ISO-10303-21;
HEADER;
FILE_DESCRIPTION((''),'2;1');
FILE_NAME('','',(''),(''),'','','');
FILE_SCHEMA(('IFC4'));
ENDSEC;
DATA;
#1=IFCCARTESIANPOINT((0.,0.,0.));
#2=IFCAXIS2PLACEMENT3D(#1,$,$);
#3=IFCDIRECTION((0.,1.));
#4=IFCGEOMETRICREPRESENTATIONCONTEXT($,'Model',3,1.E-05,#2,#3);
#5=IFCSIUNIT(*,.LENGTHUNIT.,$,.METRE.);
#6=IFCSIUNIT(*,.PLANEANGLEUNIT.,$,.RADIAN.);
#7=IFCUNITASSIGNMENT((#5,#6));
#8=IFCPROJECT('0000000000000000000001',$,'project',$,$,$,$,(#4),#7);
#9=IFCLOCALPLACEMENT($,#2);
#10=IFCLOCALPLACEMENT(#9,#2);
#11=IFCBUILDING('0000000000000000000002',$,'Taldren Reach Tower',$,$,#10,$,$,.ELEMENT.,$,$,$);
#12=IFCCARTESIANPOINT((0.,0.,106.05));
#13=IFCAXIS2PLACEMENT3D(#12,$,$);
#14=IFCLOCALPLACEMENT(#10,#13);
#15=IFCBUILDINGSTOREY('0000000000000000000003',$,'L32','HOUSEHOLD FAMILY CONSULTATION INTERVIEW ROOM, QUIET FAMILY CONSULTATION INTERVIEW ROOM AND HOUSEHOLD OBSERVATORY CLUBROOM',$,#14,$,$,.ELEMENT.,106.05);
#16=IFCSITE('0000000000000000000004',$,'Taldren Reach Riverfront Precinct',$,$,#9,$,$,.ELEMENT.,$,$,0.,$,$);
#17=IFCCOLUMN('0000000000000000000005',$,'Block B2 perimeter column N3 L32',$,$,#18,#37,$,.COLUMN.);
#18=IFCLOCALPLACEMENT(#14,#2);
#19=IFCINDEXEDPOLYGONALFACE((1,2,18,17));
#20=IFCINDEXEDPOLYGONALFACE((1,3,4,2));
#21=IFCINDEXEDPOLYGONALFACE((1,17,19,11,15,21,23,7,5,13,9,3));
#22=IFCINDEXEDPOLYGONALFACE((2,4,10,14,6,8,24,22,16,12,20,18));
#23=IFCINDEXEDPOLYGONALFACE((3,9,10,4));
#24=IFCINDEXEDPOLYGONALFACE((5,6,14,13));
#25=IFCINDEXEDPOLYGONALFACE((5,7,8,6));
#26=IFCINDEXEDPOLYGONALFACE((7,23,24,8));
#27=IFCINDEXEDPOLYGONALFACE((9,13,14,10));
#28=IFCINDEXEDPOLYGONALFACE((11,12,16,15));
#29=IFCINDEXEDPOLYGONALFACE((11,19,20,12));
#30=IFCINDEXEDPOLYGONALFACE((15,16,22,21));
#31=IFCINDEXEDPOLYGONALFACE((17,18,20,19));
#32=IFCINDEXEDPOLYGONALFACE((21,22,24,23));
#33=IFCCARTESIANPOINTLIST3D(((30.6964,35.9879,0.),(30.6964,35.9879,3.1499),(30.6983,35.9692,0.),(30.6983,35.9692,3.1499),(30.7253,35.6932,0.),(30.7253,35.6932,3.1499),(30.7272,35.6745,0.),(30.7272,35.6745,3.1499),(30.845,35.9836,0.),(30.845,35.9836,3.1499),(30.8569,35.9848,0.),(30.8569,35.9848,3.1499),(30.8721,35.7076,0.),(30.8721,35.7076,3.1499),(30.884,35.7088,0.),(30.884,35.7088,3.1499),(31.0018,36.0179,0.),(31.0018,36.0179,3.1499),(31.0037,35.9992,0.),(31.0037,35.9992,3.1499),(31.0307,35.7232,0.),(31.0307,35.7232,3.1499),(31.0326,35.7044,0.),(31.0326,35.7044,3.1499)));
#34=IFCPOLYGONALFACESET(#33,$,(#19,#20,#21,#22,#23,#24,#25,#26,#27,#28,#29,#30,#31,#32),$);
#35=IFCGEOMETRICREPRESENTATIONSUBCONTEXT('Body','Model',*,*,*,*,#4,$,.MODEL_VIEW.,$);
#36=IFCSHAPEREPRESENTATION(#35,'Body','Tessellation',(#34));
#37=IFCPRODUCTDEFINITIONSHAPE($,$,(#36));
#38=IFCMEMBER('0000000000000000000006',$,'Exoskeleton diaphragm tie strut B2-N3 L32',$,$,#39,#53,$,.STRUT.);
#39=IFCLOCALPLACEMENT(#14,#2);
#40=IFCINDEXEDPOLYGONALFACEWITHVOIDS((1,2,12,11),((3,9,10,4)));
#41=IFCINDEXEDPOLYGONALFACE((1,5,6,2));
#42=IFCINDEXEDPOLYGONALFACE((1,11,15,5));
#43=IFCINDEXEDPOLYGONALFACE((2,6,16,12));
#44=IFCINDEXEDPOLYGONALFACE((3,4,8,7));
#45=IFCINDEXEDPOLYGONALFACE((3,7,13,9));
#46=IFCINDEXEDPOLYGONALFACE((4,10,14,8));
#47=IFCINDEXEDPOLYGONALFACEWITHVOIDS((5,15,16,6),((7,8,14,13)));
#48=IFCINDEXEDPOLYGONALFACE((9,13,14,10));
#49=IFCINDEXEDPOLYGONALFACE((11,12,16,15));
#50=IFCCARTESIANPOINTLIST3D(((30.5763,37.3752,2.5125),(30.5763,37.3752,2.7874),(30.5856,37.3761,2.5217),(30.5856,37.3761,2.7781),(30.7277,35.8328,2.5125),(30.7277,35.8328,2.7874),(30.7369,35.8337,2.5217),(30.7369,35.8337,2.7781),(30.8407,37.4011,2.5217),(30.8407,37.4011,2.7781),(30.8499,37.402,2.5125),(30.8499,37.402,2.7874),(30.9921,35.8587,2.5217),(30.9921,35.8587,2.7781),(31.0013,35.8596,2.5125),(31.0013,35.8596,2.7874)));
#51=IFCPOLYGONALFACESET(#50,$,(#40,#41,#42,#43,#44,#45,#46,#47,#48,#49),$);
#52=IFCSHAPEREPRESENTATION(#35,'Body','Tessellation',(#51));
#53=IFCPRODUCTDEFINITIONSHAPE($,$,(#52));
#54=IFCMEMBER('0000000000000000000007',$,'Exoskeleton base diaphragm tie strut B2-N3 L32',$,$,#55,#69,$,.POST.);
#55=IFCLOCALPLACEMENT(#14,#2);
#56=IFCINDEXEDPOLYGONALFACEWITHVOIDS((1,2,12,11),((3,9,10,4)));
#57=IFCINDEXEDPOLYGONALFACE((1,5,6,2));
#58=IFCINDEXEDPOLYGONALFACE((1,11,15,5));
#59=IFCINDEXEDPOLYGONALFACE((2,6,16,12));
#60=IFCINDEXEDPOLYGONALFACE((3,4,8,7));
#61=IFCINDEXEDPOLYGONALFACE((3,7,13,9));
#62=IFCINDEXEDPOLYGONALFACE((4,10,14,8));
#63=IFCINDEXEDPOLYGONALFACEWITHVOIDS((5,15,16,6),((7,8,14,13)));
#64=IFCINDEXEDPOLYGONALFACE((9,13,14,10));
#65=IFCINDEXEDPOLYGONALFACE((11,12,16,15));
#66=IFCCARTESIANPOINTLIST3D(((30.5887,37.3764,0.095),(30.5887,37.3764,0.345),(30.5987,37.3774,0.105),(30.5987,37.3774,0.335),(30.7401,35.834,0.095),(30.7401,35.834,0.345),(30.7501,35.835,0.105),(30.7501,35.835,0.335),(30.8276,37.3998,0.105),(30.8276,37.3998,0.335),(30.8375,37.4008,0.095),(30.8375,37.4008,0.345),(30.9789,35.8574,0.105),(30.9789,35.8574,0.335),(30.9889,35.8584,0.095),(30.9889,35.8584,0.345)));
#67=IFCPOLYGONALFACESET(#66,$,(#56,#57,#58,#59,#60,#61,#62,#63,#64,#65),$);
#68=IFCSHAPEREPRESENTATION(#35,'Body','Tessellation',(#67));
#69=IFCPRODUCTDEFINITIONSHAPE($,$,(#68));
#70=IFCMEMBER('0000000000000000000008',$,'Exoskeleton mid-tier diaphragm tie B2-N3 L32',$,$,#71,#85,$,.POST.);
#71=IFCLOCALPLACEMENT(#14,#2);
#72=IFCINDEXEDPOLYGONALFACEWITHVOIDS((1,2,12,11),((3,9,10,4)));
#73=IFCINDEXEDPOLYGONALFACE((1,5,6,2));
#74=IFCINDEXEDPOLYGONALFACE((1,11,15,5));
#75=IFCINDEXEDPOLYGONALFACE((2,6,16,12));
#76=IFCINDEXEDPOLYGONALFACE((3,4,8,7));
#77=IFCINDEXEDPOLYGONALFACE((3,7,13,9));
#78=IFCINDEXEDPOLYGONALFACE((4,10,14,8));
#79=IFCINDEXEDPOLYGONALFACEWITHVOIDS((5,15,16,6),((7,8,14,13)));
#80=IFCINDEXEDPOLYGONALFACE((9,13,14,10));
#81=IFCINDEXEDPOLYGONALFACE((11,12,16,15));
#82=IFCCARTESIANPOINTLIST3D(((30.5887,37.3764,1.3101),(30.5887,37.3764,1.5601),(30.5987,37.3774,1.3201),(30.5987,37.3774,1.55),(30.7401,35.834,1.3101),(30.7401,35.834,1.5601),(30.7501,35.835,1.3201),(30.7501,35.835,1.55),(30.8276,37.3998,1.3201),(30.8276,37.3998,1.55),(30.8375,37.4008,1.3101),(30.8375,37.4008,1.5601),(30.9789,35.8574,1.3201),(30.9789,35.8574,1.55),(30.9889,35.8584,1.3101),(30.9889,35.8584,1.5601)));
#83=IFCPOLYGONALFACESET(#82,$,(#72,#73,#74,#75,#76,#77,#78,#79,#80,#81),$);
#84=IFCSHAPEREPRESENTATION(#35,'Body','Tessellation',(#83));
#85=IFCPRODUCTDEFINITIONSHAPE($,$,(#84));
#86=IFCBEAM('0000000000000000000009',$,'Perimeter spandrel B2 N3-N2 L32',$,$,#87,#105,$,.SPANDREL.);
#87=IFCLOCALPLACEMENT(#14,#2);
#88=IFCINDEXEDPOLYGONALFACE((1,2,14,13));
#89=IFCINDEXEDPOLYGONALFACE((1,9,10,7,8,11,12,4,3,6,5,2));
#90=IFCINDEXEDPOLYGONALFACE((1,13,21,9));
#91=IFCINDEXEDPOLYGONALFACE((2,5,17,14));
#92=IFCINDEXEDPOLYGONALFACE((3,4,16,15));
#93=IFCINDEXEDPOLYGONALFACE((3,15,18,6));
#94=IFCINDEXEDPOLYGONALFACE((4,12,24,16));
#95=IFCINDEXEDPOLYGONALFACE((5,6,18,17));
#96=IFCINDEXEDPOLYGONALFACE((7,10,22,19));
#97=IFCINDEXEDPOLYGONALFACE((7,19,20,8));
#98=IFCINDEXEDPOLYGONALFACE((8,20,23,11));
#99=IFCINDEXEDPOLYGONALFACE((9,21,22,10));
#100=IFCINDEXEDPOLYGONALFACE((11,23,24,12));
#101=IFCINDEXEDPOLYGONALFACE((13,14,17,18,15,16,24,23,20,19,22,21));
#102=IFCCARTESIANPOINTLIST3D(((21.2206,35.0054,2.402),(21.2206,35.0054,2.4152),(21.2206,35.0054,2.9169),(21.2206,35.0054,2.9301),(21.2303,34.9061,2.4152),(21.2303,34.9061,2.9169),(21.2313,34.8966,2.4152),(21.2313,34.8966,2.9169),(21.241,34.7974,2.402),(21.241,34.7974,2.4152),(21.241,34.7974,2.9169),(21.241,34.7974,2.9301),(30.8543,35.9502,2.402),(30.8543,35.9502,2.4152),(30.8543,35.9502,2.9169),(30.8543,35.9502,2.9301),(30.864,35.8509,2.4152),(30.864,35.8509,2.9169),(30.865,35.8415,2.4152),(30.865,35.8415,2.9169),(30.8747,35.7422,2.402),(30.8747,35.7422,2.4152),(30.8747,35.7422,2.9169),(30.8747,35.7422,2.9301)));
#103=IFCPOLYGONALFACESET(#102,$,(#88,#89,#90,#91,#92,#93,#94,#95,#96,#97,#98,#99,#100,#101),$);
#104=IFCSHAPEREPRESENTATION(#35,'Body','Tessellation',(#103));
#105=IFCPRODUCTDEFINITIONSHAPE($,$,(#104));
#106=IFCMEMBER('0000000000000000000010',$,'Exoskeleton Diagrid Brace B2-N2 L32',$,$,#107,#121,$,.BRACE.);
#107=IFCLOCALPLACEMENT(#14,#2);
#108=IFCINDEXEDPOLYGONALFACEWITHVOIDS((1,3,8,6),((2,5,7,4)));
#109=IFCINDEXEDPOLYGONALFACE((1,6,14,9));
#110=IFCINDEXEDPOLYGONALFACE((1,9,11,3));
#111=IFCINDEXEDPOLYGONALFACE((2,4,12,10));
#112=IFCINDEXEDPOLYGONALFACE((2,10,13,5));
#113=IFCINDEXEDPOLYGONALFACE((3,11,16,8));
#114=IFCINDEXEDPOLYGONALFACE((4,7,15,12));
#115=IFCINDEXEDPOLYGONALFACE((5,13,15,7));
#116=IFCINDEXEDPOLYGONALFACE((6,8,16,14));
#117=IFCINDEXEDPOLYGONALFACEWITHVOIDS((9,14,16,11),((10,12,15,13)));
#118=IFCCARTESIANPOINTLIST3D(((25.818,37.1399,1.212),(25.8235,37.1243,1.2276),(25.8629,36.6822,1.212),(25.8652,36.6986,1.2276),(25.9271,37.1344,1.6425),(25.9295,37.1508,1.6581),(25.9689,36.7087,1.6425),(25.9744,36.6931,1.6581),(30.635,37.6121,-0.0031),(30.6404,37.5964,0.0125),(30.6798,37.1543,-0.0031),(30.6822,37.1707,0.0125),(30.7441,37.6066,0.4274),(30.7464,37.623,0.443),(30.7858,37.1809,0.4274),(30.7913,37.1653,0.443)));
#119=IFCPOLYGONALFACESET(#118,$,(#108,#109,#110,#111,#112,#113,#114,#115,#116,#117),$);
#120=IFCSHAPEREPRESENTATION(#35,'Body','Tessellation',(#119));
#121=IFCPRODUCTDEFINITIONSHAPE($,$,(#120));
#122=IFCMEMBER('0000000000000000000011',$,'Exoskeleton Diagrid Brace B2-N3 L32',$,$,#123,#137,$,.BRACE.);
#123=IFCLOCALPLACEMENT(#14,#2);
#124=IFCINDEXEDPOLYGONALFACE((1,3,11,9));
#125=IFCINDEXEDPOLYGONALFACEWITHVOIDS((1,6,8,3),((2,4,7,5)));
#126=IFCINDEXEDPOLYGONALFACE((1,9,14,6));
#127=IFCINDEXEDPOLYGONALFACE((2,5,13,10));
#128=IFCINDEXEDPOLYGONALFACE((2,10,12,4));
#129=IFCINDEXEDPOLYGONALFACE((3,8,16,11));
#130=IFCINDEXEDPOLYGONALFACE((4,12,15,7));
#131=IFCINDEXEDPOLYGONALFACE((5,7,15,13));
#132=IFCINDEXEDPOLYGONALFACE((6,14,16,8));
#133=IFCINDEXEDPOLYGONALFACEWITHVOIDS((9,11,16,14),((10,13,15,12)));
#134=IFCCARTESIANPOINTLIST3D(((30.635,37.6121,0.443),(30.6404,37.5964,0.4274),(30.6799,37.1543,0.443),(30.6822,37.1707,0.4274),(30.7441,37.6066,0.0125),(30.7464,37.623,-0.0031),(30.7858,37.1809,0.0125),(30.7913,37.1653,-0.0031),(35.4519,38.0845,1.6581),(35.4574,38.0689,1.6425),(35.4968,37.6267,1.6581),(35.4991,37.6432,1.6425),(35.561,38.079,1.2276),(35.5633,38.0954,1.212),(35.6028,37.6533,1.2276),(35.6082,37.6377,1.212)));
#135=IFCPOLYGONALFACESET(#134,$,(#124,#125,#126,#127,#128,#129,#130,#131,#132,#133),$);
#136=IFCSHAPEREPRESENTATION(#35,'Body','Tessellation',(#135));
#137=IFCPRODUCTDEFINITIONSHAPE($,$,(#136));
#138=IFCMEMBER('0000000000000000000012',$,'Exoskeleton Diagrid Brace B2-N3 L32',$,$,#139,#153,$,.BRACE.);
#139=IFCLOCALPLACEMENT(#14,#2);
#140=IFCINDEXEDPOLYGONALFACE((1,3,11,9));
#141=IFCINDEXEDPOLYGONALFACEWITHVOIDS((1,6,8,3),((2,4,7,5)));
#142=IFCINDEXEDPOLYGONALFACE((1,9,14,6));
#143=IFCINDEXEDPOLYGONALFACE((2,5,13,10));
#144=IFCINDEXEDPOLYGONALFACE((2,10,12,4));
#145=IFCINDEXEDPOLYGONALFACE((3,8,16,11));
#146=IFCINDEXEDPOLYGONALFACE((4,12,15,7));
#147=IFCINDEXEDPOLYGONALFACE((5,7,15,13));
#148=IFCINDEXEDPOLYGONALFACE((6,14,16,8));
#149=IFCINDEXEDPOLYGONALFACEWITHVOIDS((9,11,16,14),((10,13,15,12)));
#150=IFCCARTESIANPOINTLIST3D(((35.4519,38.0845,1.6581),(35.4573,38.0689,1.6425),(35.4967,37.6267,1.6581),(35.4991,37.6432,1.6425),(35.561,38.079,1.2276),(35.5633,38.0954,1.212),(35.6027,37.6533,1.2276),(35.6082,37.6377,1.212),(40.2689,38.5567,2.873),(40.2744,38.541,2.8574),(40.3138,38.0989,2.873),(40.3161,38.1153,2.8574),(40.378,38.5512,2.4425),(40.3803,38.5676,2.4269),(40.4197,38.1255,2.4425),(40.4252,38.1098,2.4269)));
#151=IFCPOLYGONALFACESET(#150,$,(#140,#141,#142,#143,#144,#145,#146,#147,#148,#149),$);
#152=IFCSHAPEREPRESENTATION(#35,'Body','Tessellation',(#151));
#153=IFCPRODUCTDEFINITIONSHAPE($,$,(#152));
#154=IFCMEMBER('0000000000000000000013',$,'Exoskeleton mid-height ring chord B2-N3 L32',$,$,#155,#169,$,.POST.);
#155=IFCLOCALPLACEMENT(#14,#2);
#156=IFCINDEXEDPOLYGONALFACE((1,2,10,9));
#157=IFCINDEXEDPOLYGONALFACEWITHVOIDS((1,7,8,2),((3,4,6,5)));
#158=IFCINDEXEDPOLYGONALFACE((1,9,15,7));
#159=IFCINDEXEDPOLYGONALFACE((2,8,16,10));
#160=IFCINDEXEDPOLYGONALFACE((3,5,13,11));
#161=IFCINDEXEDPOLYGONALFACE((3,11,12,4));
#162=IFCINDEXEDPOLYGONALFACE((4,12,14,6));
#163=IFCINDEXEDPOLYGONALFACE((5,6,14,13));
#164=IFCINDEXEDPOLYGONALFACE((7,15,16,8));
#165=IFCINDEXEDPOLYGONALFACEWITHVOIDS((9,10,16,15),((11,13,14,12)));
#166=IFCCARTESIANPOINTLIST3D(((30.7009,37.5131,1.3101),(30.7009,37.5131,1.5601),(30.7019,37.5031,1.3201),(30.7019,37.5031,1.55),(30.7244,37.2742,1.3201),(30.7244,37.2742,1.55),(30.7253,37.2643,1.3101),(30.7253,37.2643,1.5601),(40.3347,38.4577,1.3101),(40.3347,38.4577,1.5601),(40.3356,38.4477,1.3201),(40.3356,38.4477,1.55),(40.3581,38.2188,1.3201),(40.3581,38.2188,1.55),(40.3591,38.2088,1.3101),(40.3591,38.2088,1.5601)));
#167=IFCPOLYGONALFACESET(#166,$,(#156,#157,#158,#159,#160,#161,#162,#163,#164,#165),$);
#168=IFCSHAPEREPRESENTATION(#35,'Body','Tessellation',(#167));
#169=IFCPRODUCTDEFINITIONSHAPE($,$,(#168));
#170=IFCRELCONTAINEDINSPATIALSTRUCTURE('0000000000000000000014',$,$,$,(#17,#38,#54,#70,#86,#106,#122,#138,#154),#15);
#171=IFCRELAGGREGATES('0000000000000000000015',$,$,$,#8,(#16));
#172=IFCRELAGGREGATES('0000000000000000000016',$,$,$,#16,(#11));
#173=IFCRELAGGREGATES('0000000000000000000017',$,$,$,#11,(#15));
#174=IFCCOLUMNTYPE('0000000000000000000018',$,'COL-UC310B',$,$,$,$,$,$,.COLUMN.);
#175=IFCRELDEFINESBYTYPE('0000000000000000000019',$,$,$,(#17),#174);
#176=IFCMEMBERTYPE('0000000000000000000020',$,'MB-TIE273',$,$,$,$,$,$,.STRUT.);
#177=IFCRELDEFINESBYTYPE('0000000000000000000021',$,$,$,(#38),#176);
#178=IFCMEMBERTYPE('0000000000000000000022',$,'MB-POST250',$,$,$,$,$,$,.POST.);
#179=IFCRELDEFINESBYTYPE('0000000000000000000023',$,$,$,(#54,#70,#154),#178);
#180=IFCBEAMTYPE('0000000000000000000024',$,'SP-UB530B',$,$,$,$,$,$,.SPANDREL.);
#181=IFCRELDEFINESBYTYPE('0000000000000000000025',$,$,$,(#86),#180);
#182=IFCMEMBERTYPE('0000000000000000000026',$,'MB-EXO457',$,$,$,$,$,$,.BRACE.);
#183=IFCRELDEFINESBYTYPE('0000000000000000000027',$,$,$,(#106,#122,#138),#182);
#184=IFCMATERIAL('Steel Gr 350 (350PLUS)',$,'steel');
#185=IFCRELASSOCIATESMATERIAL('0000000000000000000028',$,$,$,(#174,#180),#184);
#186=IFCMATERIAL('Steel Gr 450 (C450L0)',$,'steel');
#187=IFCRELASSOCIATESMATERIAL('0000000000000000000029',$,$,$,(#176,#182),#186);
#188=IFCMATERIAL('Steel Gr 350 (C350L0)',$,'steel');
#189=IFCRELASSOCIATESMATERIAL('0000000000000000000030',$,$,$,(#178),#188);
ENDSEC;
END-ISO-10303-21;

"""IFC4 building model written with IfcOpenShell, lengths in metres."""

from ifc_helpers import new_model, si_unit, direction, frame, origin, origin_2d, place, context, subcontext, project, spatial, hollow_rectangle, i_section, extrude, source, transform, mapped, material, material_profile, profile_set, type_object, element, save


model = new_model("IFC4")

# Units and contexts
model_context = context("Model", 3, precision=1e-05, world=origin(), true_north=direction((0.0, 1.0)))
body_context = subcontext(model_context, "Body", "Model", "MODEL_VIEW")
ifc_project = project(units=[si_unit("LENGTHUNIT", "METRE"), si_unit("PLANEANGLEUNIT", "RADIAN")], contexts=[model_context])

# Site, building, storey
site_placement = place(None, origin())
site = spatial("IfcSite", under=ifc_project, at=site_placement, Name="Taldren Reach Riverfront Precinct", CompositionType="ELEMENT", RefElevation=0.0)
building_placement = place(site_placement, origin())
building = spatial("IfcBuilding", under=site, at=building_placement, Name="Taldren Reach Tower", CompositionType="ELEMENT")
storey_placement = place(building_placement, frame((0.0, 0.0, 106.05)))
storey = spatial("IfcBuildingStorey", under=building, at=storey_placement, Name="L32", Description="HOUSEHOLD FAMILY CONSULTATION INTERVIEW ROOM, QUIET FAMILY CONSULTATION INTERVIEW ROOM AND HOUSEHOLD OBSERVATORY CLUBROOM", CompositionType="ELEMENT", Elevation=106.05)

# Column
ifc_material_1 = material(Name="Steel Gr 350 (350PLUS)", Category="steel")
ifc_material_profile_1 = material_profile(ifc_material_1, i_section(OverallWidth=0.3069, OverallDepth=0.3149, WebThickness=0.012, FlangeThickness=0.0188, at=origin_2d()), Name="310UC118")
ifc_profile_set_1 = profile_set([ifc_material_profile_1], Name="Steel Gr 350 (350PLUS)")
column_type = type_object("IfcColumnType", Name="COL-UC310B", PredefinedType="COLUMN", material=ifc_profile_set_1)
shared_shape_1 = source(origin(), body_context, "Body", "SweptSolid", [
    extrude(i_section(OverallWidth=0.3069, OverallDepth=0.3149, WebThickness=0.012, FlangeThickness=0.0188, at=origin_2d()), origin(), (0.0, 0.0, 1.0), 3.1499),
])
column_placement = place(storey_placement, frame((30.8645, 35.8462, 0.0), z_axis=(0.0, 0.0, 1.0), x_axis=(0.995227, 0.097583, 0.0)))
element("IfcColumn", 1, at=column_placement, inside=storey, type_object=column_type, Name="Block B2 perimeter column N3 L32", PredefinedType="COLUMN", context=body_context, shape_type="MappedRepresentation", body=[
    mapped(shared_shape_1, transform((0.0, 0.0, 0.0), scale=1.0)),
])

# Members
ifc_material_2 = material(Name="Steel Gr 450 (C450L0)", Category="steel")
ifc_material_profile_2 = material_profile(ifc_material_2, hollow_rectangle(XDim=0.2749, YDim=0.2749, WallThickness=0.0093, at=origin_2d()), Name="275x275x9.3SHS")
ifc_profile_set_2 = profile_set([ifc_material_profile_2], Name="Steel Gr 450 (C450L0)")
member_type_1 = type_object("IfcMemberType", Name="MB-TIE273", PredefinedType="STRUT", material=ifc_profile_set_2)
shared_shape_2 = source(origin(), body_context, "Body", "SweptSolid", [
    extrude(hollow_rectangle(XDim=0.2749, YDim=0.2749, WallThickness=0.0093, at=origin_2d()), origin(), (0.0, 0.0, 1.0), 1.5498),
])
member_1_placement = place(storey_placement, frame((30.8645, 35.8462, 2.6499), z_axis=(-0.097663, 0.99522, 0.0), x_axis=(-0.99522, -0.097663, 0.0)))
element("IfcMember", 2, at=member_1_placement, inside=storey, type_object=member_type_1, Name="Exoskeleton diaphragm tie strut B2-N3 L32", PredefinedType="STRUT", context=body_context, shape_type="MappedRepresentation", body=[
    mapped(shared_shape_2, transform((0.0, 0.0, 0.0), scale=1.0)),
])
ifc_material_3 = material(Name="Steel Gr 350 (C350L0)", Category="steel")
ifc_material_profile_3 = material_profile(ifc_material_3, hollow_rectangle(XDim=0.25, YDim=0.25, WallThickness=0.01, at=origin_2d()), Name="250x250x10.0SHS")
ifc_profile_set_3 = profile_set([ifc_material_profile_3], Name="Steel Gr 350 (C350L0)")
member_type_2 = type_object("IfcMemberType", Name="MB-POST250", PredefinedType="POST", material=ifc_profile_set_3)
shared_shape_3 = source(origin(), body_context, "Body", "SweptSolid", [
    extrude(hollow_rectangle(XDim=0.25, YDim=0.25, WallThickness=0.01, at=origin_2d()), origin(), (0.0, 0.0, 1.0), 1.5498),
])
for number, where, z_axis, x_axis, name in (
    (3, (30.8645, 35.8462, 0.22), (-0.097663, 0.99522, 0.0), (-0.99522, -0.097663, 0.0), "Exoskeleton base diaphragm tie strut B2-N3 L32"),
    (4, (30.8645, 35.8462, 1.4351), (-0.097663, 0.99522, 0.0), (-0.99522, -0.097663, 0.0), "Exoskeleton mid-tier diaphragm tie B2-N3 L32"),
):
    element("IfcMember", number, at=place(storey_placement, frame(where, z_axis=z_axis, x_axis=x_axis)), inside=storey, type_object=member_type_2, Name=name, PredefinedType="POST", context=body_context, shape_type="MappedRepresentation", body=[
        mapped(shared_shape_3, transform((0.0, 0.0, 0.0), scale=1.0)),
    ])

# Beam
ifc_material_profile_4 = material_profile(ifc_material_1, i_section(OverallWidth=0.209, OverallDepth=0.5281, WebThickness=0.0095, FlangeThickness=0.0132, at=origin_2d()), Name="530UB82.0")
ifc_profile_set_4 = profile_set([ifc_material_profile_4], Name="Steel Gr 350 (350PLUS)")
beam_type = type_object("IfcBeamType", Name="SP-UB530B", PredefinedType="SPANDREL", material=ifc_profile_set_4)
shared_shape_4 = source(origin(), body_context, "Body", "SweptSolid", [
    extrude(i_section(OverallWidth=0.209, OverallDepth=0.5281, WebThickness=0.0095, FlangeThickness=0.0132, at=origin_2d()), origin(), (0.0, 0.0, 1.0), 9.6799),
])
beam_placement = place(storey_placement, frame((30.8645, 35.8462, 2.666), z_axis=(-0.995225, -0.097606, 0.0), x_axis=(0.097606, -0.995225, 0.0)))
element("IfcBeam", 5, at=beam_placement, inside=storey, type_object=beam_type, Name="Perimeter spandrel B2 N3-N2 L32", PredefinedType="SPANDREL", context=body_context, shape_type="MappedRepresentation", body=[
    mapped(shared_shape_4, transform((0.0, 0.0, 0.0), scale=1.0)),
])

# Members
ifc_material_profile_5 = material_profile(ifc_material_2, hollow_rectangle(XDim=0.46, YDim=0.46, WallThickness=0.0161, at=origin_2d()), Name="460x460x16.0SHS")
ifc_profile_set_5 = profile_set([ifc_material_profile_5], Name="Steel Gr 450 (C450L0)")
member_type_3 = type_object("IfcMemberType", Name="MB-EXO457", PredefinedType="BRACE", material=ifc_profile_set_5)
shared_shape_5 = source(origin(), body_context, "Body", "SweptSolid", [
    extrude(hollow_rectangle(XDim=0.46, YDim=0.46, WallThickness=0.0161, at=origin_2d()), origin(), (0.0, 0.0, 1.0), 4.9902),
])
for number, where, z_axis, x_axis, name in (
    (6, (30.7131, 37.3887, 0.22), (-0.965276, -0.09462, 0.243496), (0.097556, -0.99523, 0.0), "Exoskeleton Diagrid Brace B2-N2 L32"),
    (7, (30.7131, 37.3887, 0.22), (0.965271, 0.094668, 0.243495), (-0.097606, 0.995225, 0.0), "Exoskeleton Diagrid Brace B2-N3 L32"),
    (8, (35.53, 37.8611, 1.4351), (0.965287, 0.094621, 0.24345), (-0.097556, 0.99523, 0.0), "Exoskeleton Diagrid Brace B2-N3 L32"),
):
    element("IfcMember", number, at=place(storey_placement, frame(where, z_axis=z_axis, x_axis=x_axis)), inside=storey, type_object=member_type_3, Name=name, PredefinedType="BRACE", context=body_context, shape_type="MappedRepresentation", body=[
        mapped(shared_shape_5, transform((0.0, 0.0, 0.0), scale=1.0)),
    ])
shared_shape_6 = source(origin(), body_context, "Body", "SweptSolid", [
    extrude(hollow_rectangle(XDim=0.25, YDim=0.25, WallThickness=0.01, at=origin_2d()), origin(), (0.0, 0.0, 1.0), 9.6799),
])
member_2_placement = place(storey_placement, frame((30.7131, 37.3887, 1.4351), z_axis=(0.995228, 0.097581, 0.0), x_axis=(-0.097581, 0.995228, 0.0)))
element("IfcMember", 9, at=member_2_placement, inside=storey, type_object=member_type_2, Name="Exoskeleton mid-height ring chord B2-N3 L32", PredefinedType="POST", context=body_context, shape_type="MappedRepresentation", body=[
    mapped(shared_shape_6, transform((0.0, 0.0, 0.0), scale=1.0)),
])

save(model, "model.ifc")
